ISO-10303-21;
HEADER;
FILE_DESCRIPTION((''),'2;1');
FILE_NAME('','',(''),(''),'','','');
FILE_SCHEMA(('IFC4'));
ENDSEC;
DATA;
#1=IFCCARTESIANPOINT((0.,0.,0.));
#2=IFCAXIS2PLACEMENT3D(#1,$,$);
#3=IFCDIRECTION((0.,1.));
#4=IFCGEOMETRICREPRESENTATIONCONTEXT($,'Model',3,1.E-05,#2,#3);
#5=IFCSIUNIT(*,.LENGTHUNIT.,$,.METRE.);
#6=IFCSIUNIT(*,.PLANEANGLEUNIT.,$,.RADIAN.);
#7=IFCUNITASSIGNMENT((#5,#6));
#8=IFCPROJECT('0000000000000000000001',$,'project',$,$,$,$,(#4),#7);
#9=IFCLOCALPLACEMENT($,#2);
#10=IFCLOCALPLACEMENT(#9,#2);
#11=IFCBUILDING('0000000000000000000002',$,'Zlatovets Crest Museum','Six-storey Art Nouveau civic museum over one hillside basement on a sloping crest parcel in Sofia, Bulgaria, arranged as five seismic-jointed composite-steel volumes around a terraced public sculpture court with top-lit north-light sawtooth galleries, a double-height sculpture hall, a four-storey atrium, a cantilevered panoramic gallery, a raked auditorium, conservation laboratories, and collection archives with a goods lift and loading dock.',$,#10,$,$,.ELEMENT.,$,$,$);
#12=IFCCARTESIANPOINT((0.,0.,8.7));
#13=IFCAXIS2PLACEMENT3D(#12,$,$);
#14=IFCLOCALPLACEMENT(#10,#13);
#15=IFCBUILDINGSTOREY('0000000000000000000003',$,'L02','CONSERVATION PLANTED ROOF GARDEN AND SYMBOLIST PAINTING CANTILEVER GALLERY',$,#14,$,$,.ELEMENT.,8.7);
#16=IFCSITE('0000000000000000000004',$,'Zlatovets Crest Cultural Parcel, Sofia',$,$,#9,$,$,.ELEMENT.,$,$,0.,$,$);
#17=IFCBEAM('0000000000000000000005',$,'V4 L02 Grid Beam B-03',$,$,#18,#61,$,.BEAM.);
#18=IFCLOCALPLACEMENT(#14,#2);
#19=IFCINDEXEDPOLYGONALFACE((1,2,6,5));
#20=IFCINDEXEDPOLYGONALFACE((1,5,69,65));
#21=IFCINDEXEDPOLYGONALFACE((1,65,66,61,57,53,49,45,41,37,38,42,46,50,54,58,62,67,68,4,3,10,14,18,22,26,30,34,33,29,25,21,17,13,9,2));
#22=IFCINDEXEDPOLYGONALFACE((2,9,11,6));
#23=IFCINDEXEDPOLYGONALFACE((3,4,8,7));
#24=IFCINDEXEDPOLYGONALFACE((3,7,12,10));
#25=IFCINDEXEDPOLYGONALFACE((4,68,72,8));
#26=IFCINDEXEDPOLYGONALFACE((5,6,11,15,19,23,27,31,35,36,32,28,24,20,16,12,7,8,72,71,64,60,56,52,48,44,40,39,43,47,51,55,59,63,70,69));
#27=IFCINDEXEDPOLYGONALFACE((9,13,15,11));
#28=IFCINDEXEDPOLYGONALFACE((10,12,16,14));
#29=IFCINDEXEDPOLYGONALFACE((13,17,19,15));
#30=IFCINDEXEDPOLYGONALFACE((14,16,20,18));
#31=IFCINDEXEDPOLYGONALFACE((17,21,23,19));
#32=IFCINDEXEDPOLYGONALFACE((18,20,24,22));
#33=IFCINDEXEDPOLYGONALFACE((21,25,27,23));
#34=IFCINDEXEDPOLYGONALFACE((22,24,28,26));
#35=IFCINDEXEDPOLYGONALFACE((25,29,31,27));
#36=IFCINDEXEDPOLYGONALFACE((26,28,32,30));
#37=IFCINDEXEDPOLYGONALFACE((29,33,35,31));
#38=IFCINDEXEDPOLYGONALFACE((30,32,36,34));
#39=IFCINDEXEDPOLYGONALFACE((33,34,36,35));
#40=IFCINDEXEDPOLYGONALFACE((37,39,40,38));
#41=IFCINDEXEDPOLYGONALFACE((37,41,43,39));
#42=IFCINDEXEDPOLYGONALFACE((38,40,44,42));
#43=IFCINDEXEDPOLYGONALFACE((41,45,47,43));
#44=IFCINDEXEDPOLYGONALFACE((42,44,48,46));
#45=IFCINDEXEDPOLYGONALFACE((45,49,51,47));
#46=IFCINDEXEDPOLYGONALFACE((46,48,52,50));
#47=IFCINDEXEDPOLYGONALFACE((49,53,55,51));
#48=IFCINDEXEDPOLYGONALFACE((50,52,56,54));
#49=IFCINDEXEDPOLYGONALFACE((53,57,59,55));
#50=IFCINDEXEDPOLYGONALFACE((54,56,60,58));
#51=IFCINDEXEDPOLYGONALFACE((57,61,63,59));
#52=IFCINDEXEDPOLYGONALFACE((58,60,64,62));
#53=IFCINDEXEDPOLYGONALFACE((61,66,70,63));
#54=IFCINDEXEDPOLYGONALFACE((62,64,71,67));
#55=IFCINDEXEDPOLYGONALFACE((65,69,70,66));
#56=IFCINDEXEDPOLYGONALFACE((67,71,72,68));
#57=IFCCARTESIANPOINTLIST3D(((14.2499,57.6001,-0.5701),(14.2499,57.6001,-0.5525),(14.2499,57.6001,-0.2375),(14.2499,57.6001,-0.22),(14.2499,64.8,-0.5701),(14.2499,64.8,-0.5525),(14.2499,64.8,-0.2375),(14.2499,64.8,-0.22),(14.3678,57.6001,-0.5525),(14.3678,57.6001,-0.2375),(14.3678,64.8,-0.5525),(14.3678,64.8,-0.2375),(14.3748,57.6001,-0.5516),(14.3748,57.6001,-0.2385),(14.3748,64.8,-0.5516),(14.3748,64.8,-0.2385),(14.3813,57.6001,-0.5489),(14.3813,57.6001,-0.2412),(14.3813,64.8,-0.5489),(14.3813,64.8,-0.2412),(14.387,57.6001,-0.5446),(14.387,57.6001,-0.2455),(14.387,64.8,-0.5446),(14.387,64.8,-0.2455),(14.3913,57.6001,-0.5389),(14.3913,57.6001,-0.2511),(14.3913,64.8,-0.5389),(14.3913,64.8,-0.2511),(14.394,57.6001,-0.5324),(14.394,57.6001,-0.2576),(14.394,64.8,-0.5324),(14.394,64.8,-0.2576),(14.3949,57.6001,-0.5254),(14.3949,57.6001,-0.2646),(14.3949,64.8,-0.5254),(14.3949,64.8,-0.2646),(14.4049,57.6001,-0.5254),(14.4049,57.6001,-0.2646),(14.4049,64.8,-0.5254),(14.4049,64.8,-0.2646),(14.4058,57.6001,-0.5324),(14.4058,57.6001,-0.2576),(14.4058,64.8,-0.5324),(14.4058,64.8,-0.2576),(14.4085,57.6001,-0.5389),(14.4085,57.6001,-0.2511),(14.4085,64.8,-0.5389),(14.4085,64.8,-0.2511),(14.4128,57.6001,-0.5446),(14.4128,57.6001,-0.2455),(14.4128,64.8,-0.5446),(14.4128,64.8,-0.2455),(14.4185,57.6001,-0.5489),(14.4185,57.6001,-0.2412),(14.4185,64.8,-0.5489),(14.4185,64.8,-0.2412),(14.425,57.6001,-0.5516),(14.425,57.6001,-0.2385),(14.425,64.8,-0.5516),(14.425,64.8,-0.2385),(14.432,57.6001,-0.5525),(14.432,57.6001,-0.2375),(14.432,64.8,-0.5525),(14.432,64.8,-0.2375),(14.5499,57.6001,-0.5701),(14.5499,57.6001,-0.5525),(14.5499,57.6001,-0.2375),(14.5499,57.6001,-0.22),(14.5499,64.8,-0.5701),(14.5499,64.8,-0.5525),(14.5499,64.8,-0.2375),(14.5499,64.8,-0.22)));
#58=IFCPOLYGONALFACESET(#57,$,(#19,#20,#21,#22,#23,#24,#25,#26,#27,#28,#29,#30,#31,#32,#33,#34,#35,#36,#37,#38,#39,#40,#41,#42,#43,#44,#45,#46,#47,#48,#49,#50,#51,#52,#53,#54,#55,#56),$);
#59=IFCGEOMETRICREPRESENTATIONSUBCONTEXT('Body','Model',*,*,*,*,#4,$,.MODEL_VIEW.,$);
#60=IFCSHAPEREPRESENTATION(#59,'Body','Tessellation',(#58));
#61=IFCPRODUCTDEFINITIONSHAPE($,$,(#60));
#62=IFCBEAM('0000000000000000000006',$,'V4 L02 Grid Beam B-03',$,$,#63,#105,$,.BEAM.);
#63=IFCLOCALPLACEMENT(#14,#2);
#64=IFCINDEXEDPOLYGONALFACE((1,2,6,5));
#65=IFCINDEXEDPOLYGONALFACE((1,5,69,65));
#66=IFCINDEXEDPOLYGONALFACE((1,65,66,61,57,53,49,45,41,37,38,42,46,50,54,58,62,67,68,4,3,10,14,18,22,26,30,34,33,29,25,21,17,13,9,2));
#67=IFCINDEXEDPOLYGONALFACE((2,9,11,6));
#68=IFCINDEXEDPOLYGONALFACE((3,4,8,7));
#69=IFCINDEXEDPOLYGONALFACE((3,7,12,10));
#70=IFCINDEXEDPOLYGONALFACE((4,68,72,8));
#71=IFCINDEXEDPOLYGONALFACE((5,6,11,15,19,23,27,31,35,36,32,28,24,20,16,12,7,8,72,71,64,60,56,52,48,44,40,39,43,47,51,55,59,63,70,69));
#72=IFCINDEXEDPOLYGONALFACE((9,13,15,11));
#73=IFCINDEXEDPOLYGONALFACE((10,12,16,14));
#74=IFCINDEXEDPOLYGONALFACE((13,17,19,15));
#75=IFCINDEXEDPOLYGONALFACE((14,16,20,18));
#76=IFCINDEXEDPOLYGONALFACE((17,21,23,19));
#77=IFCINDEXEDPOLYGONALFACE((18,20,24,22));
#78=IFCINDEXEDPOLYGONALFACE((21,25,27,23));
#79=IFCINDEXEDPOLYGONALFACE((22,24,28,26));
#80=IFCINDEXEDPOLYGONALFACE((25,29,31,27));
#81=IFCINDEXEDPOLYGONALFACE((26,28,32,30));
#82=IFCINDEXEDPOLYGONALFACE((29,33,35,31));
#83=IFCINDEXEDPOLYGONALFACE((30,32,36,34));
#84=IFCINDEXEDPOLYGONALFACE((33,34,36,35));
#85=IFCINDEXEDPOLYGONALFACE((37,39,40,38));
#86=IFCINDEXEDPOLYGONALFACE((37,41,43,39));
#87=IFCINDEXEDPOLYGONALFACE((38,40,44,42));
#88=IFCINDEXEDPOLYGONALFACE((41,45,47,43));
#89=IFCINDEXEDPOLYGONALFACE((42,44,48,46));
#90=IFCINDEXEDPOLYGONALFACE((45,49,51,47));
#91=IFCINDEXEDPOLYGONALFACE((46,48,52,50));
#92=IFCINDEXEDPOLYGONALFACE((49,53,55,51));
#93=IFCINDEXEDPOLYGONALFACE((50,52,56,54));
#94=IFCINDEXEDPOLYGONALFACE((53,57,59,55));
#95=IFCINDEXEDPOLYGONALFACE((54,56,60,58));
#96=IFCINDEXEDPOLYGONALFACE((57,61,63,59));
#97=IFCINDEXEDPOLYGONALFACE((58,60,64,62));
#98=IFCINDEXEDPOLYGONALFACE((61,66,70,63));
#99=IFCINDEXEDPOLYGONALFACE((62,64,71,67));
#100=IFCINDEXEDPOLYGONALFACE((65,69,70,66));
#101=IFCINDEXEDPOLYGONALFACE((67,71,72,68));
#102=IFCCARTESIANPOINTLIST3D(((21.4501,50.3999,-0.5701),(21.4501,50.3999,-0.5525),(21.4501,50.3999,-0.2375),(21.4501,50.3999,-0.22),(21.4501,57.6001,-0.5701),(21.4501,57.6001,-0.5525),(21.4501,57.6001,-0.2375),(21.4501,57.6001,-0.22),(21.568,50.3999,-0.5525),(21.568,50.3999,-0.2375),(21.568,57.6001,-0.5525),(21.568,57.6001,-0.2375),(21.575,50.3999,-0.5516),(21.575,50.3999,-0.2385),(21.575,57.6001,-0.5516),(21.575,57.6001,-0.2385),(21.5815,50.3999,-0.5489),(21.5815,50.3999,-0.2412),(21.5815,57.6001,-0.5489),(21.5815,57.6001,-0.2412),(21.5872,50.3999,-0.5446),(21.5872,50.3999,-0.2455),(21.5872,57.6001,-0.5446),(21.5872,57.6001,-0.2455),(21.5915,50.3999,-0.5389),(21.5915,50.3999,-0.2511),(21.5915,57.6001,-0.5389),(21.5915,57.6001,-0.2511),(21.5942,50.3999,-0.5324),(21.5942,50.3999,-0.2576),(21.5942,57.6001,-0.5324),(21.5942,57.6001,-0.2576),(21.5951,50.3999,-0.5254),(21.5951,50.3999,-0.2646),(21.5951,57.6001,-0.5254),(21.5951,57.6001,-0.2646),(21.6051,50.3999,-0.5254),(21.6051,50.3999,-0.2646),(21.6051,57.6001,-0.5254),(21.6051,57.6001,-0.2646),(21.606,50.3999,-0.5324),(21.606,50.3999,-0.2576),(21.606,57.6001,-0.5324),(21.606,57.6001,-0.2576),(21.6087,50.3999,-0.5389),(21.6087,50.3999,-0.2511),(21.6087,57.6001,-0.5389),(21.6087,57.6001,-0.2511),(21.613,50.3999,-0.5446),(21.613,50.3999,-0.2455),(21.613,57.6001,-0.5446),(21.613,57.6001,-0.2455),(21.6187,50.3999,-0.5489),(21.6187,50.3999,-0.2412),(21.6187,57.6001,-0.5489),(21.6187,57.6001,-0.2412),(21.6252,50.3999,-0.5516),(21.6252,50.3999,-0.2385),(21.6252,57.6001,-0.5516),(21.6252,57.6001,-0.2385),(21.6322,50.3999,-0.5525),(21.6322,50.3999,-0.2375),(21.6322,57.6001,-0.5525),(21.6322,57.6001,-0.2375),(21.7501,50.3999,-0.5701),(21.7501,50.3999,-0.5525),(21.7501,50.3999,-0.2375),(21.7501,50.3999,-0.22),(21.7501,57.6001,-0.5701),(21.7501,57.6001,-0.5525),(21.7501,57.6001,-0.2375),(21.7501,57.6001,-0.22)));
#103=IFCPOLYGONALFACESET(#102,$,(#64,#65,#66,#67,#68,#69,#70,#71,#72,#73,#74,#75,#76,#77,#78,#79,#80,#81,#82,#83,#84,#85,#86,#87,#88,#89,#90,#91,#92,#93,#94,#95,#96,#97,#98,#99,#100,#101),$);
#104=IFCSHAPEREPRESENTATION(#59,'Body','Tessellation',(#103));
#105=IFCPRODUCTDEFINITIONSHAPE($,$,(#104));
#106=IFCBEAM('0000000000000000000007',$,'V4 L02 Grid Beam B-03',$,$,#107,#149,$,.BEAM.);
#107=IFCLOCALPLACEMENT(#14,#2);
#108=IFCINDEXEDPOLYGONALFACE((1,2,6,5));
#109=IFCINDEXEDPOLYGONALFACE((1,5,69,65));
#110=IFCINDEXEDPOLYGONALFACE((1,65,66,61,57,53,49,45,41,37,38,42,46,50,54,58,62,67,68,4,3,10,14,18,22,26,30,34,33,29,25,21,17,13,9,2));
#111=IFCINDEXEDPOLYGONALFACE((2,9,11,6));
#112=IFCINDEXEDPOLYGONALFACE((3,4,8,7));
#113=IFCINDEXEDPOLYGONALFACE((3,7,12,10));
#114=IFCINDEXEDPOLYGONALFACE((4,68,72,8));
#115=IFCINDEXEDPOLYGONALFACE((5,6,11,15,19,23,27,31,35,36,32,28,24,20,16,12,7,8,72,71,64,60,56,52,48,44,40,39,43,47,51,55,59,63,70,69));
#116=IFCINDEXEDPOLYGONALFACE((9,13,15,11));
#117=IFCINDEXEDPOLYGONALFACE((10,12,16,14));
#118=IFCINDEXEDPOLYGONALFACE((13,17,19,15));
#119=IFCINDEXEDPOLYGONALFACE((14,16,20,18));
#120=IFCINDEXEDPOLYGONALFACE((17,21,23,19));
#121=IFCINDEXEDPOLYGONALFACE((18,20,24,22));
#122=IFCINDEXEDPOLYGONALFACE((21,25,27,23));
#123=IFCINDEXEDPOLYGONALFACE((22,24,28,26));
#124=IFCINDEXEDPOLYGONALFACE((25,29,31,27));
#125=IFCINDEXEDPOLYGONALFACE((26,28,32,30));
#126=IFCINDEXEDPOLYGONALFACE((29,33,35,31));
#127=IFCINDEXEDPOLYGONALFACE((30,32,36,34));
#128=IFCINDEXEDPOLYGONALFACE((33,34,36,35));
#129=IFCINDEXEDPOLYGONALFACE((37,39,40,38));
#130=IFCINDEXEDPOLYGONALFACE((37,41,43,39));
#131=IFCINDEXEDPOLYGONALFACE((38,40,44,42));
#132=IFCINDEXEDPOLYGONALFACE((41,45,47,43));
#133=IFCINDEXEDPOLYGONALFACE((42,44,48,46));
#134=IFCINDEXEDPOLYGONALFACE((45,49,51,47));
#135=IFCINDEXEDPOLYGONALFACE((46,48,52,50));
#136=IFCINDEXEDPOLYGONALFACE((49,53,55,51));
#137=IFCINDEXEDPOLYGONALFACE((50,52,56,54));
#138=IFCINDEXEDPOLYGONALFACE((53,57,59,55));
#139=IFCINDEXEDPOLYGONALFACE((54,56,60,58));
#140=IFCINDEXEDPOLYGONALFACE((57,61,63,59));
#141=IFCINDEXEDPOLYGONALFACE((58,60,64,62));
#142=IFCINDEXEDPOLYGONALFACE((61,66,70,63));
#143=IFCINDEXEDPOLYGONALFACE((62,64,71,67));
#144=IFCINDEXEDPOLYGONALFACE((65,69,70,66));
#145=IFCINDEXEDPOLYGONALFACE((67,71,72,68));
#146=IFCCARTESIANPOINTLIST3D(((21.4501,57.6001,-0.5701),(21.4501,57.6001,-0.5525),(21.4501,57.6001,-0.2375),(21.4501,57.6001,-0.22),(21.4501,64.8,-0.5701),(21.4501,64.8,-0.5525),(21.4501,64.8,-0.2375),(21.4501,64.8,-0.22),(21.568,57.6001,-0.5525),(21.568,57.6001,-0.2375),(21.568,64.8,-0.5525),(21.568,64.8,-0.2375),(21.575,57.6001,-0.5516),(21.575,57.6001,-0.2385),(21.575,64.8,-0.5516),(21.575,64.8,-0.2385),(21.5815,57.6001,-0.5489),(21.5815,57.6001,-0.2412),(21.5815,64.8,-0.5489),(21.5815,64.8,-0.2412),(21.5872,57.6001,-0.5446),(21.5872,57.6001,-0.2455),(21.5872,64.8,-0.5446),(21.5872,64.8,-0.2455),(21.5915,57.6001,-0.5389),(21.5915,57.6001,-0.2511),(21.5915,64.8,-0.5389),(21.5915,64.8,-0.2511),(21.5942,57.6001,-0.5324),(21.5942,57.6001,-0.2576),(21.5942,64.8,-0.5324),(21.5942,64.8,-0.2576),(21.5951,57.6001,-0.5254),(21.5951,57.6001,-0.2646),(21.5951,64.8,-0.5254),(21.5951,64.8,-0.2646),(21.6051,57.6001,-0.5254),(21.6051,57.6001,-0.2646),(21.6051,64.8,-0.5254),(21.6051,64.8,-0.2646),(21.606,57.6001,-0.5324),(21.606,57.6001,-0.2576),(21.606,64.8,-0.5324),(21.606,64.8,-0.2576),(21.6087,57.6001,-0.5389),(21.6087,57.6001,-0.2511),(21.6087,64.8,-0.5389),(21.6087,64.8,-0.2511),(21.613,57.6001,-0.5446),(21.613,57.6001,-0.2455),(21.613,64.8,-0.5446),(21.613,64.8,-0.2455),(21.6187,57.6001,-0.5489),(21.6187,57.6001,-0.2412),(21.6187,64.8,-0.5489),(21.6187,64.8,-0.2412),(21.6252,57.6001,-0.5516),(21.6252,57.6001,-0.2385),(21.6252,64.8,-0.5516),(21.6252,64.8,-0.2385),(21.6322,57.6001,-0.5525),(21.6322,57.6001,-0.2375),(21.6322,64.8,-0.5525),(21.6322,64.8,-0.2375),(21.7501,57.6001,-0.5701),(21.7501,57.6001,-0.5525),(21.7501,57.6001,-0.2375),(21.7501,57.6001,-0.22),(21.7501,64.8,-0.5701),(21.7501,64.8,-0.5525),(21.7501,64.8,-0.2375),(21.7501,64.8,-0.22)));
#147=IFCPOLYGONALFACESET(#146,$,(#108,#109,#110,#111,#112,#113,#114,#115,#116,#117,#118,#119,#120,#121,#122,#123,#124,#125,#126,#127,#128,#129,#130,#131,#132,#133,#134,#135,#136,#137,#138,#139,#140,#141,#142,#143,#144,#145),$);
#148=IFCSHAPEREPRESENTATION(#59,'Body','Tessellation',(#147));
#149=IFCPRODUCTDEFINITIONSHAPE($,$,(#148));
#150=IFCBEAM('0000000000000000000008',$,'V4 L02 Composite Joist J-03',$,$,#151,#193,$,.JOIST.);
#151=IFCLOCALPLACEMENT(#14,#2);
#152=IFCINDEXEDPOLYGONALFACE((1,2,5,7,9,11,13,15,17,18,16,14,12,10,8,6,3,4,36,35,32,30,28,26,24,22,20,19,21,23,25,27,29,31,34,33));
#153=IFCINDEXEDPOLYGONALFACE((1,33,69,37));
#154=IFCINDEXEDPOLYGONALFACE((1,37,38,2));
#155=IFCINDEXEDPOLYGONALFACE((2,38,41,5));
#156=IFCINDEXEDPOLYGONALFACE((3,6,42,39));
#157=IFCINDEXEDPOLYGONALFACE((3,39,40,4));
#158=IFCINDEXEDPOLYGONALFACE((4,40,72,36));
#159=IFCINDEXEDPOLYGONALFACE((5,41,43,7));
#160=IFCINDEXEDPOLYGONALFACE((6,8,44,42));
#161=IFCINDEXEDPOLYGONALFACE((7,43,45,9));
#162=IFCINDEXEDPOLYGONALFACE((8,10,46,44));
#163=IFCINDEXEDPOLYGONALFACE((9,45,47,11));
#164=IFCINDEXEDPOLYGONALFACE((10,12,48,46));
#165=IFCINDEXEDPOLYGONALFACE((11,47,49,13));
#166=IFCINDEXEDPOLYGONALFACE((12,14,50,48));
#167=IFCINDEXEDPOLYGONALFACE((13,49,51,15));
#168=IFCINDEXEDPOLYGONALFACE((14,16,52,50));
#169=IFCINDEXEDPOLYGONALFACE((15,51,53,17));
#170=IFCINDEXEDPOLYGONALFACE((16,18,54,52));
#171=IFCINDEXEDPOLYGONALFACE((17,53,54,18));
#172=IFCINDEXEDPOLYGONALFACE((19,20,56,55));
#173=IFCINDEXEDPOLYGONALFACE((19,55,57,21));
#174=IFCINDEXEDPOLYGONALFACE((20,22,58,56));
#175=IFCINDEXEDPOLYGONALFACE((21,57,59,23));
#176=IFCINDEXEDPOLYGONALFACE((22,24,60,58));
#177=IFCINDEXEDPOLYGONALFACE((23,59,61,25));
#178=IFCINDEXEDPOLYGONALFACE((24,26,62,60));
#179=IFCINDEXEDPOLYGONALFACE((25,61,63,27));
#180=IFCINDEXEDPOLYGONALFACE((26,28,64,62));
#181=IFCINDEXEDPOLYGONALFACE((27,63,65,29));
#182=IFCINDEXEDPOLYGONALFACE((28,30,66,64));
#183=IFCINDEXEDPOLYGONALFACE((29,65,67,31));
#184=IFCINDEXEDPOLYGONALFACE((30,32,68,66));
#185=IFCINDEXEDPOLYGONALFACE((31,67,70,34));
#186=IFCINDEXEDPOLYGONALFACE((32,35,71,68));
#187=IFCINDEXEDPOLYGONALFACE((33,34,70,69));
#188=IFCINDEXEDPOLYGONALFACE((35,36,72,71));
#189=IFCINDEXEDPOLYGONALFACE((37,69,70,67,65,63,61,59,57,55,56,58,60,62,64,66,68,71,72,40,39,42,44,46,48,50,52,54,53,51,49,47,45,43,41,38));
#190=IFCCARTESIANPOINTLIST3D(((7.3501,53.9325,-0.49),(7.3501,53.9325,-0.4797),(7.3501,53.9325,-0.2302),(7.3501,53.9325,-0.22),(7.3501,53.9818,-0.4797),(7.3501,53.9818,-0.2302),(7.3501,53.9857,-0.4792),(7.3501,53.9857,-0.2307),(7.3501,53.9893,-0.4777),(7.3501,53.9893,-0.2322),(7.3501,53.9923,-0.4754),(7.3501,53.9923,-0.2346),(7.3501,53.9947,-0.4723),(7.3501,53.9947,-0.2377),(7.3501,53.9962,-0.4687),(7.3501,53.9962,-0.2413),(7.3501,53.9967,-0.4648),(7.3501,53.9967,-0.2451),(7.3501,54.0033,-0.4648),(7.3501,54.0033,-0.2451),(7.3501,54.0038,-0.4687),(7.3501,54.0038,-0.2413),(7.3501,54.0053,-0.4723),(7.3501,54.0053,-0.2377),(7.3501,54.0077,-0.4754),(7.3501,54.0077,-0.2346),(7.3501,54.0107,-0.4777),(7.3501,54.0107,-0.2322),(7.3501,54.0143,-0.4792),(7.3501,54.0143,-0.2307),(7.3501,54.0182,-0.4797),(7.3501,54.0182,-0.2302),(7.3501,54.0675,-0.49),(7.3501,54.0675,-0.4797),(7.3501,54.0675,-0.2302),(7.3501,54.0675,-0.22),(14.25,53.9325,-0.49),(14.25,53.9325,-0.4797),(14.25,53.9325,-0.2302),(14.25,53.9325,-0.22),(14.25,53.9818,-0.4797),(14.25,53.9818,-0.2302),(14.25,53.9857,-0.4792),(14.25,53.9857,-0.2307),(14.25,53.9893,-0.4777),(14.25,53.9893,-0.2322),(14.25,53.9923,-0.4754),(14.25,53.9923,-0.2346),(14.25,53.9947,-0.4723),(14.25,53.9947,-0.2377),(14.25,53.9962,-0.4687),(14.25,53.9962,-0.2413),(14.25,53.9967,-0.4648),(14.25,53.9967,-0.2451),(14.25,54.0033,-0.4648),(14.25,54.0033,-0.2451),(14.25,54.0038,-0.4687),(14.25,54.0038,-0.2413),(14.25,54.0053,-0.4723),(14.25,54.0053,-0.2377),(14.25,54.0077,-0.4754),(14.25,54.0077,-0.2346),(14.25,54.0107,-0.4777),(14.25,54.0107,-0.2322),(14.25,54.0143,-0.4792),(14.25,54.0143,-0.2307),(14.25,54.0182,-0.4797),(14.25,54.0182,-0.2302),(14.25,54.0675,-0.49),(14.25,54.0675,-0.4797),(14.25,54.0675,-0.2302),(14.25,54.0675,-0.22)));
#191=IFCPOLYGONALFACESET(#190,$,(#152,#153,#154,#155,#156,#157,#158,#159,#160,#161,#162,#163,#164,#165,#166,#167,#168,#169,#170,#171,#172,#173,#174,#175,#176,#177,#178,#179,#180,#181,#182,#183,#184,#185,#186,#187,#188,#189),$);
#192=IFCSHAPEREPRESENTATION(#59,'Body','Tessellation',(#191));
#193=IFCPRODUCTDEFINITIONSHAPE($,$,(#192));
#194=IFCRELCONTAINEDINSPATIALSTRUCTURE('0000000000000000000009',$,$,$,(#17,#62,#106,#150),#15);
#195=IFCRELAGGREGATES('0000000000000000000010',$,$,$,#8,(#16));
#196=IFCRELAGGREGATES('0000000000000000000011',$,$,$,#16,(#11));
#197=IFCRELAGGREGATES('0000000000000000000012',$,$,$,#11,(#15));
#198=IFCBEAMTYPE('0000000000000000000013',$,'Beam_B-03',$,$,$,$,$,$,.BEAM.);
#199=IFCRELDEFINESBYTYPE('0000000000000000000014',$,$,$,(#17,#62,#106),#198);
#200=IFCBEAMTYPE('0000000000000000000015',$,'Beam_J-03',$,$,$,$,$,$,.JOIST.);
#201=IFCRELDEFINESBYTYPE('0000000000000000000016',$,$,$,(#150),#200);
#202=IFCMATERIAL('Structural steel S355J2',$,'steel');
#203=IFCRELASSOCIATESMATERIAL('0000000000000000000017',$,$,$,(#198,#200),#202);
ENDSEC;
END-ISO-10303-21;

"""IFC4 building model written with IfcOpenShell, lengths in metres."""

from ifc_helpers import new_model, si_unit, direction, frame, origin, origin_2d, place, context, subcontext, project, spatial, i_section, extrude, material, material_profile, profile_set, type_object, element, save


model = new_model("IFC4")

# Units and contexts
model_context = context("Model", 3, precision=1e-05, world=origin(), true_north=direction((0.0, 1.0)))
body_context = subcontext(model_context, "Body", "Model", "MODEL_VIEW")
ifc_project = project(units=[si_unit("LENGTHUNIT", "METRE"), si_unit("PLANEANGLEUNIT", "RADIAN")], contexts=[model_context])

# Site, building, storey
site_placement = place(None, origin())
site = spatial("IfcSite", under=ifc_project, at=site_placement, Name="Zlatovets Crest Cultural Parcel, Sofia", CompositionType="ELEMENT", RefElevation=0.0)
building_placement = place(site_placement, origin())
building = spatial("IfcBuilding", under=site, at=building_placement, Name="Zlatovets Crest Museum", Description="Six-storey Art Nouveau civic museum over one hillside basement on a sloping crest parcel in Sofia, Bulgaria, arranged as five seismic-jointed composite-steel volumes around a terraced public sculpture court with top-lit north-light sawtooth galleries, a double-height sculpture hall, a four-storey atrium, a cantilevered panoramic gallery, a raked auditorium, conservation laboratories, and collection archives with a goods lift and loading dock.", CompositionType="ELEMENT")
storey_placement = place(building_placement, frame((0.0, 0.0, 8.7)))
storey = spatial("IfcBuildingStorey", under=building, at=storey_placement, Name="L02", Description="CONSERVATION PLANTED ROOF GARDEN AND SYMBOLIST PAINTING CANTILEVER GALLERY", CompositionType="ELEMENT", Elevation=8.7)

# Shared definitions
ifc_material_1 = material(Name="Structural steel S355J2", Category="steel")

# Beams
ifc_material_profile_1 = material_profile(ifc_material_1, i_section(OverallWidth=0.3, OverallDepth=0.3501, WebThickness=0.01, FlangeThickness=0.0176, FilletRadius=0.0271, at=origin_2d()), Name="HEA 360")
ifc_profile_set_1 = profile_set([ifc_material_profile_1], Name="Structural steel S355J2")
beam_type_1 = type_object("IfcBeamType", Name="Beam_B-03", PredefinedType="BEAM", material=ifc_profile_set_1)
beam_1_placement = place(storey_placement, frame((14.3999, 57.6001, -0.395), z_axis=(0.0, 1.0, 0.0), x_axis=(-1.0, 0.0, 0.0)))
element("IfcBeam", 1, at=beam_1_placement, inside=storey, type_object=beam_type_1, Name="V4 L02 Grid Beam B-03", PredefinedType="BEAM", context=body_context, shape_type="SweptSolid", body=[
    extrude(i_section(OverallWidth=0.3, OverallDepth=0.3501, WebThickness=0.01, FlangeThickness=0.0176, FilletRadius=0.0271, at=origin_2d()), origin(), (0.0, 0.0, 1.0), 7.2),
])
beam_2_placement = place(storey_placement, frame((21.6001, 50.3999, -0.395), z_axis=(0.0, 1.0, 0.0), x_axis=(-1.0, 0.0, 0.0)))
element("IfcBeam", 2, at=beam_2_placement, inside=storey, type_object=beam_type_1, Name="V4 L02 Grid Beam B-03", PredefinedType="BEAM", context=body_context, shape_type="SweptSolid", body=[
    extrude(i_section(OverallWidth=0.3, OverallDepth=0.3501, WebThickness=0.01, FlangeThickness=0.0176, FilletRadius=0.0271, at=origin_2d()), origin(), (0.0, 0.0, 1.0), 7.2002),
])
beam_3_placement = place(storey_placement, frame((21.6001, 57.6001, -0.395), z_axis=(0.0, 1.0, 0.0), x_axis=(-1.0, 0.0, 0.0)))
element("IfcBeam", 3, at=beam_3_placement, inside=storey, type_object=beam_type_1, Name="V4 L02 Grid Beam B-03", PredefinedType="BEAM", context=body_context, shape_type="SweptSolid", body=[
    extrude(i_section(OverallWidth=0.3, OverallDepth=0.3501, WebThickness=0.01, FlangeThickness=0.0176, FilletRadius=0.0271, at=origin_2d()), origin(), (0.0, 0.0, 1.0), 7.2),
])
ifc_material_profile_2 = material_profile(ifc_material_1, i_section(OverallWidth=0.135, OverallDepth=0.27, WebThickness=0.0066, FlangeThickness=0.0103, FilletRadius=0.0149, at=origin_2d()), Name="IPE 270")
ifc_profile_set_2 = profile_set([ifc_material_profile_2], Name="Structural steel S355J2")
beam_type_2 = type_object("IfcBeamType", Name="Beam_J-03", PredefinedType="JOIST", material=ifc_profile_set_2)
for number, where, z_axis, x_axis, name in (
    (4, (7.3501, 54.0, -0.355), (1.0, 0.0, 0.0), (0.0, 1.0, 0.0), "V4 L02 Composite Joist J-03"),
):
    element("IfcBeam", number, at=place(storey_placement, frame(where, z_axis=z_axis, x_axis=x_axis)), inside=storey, type_object=beam_type_2, Name=name, PredefinedType="JOIST", context=body_context, shape_type="SweptSolid", body=[
        extrude(i_section(OverallWidth=0.135, OverallDepth=0.27, WebThickness=0.0066, FlangeThickness=0.0103, FilletRadius=0.0149, at=origin_2d()), origin(), (0.0, 0.0, 1.0), 6.8999),
    ])

save(model, "model.ifc")
